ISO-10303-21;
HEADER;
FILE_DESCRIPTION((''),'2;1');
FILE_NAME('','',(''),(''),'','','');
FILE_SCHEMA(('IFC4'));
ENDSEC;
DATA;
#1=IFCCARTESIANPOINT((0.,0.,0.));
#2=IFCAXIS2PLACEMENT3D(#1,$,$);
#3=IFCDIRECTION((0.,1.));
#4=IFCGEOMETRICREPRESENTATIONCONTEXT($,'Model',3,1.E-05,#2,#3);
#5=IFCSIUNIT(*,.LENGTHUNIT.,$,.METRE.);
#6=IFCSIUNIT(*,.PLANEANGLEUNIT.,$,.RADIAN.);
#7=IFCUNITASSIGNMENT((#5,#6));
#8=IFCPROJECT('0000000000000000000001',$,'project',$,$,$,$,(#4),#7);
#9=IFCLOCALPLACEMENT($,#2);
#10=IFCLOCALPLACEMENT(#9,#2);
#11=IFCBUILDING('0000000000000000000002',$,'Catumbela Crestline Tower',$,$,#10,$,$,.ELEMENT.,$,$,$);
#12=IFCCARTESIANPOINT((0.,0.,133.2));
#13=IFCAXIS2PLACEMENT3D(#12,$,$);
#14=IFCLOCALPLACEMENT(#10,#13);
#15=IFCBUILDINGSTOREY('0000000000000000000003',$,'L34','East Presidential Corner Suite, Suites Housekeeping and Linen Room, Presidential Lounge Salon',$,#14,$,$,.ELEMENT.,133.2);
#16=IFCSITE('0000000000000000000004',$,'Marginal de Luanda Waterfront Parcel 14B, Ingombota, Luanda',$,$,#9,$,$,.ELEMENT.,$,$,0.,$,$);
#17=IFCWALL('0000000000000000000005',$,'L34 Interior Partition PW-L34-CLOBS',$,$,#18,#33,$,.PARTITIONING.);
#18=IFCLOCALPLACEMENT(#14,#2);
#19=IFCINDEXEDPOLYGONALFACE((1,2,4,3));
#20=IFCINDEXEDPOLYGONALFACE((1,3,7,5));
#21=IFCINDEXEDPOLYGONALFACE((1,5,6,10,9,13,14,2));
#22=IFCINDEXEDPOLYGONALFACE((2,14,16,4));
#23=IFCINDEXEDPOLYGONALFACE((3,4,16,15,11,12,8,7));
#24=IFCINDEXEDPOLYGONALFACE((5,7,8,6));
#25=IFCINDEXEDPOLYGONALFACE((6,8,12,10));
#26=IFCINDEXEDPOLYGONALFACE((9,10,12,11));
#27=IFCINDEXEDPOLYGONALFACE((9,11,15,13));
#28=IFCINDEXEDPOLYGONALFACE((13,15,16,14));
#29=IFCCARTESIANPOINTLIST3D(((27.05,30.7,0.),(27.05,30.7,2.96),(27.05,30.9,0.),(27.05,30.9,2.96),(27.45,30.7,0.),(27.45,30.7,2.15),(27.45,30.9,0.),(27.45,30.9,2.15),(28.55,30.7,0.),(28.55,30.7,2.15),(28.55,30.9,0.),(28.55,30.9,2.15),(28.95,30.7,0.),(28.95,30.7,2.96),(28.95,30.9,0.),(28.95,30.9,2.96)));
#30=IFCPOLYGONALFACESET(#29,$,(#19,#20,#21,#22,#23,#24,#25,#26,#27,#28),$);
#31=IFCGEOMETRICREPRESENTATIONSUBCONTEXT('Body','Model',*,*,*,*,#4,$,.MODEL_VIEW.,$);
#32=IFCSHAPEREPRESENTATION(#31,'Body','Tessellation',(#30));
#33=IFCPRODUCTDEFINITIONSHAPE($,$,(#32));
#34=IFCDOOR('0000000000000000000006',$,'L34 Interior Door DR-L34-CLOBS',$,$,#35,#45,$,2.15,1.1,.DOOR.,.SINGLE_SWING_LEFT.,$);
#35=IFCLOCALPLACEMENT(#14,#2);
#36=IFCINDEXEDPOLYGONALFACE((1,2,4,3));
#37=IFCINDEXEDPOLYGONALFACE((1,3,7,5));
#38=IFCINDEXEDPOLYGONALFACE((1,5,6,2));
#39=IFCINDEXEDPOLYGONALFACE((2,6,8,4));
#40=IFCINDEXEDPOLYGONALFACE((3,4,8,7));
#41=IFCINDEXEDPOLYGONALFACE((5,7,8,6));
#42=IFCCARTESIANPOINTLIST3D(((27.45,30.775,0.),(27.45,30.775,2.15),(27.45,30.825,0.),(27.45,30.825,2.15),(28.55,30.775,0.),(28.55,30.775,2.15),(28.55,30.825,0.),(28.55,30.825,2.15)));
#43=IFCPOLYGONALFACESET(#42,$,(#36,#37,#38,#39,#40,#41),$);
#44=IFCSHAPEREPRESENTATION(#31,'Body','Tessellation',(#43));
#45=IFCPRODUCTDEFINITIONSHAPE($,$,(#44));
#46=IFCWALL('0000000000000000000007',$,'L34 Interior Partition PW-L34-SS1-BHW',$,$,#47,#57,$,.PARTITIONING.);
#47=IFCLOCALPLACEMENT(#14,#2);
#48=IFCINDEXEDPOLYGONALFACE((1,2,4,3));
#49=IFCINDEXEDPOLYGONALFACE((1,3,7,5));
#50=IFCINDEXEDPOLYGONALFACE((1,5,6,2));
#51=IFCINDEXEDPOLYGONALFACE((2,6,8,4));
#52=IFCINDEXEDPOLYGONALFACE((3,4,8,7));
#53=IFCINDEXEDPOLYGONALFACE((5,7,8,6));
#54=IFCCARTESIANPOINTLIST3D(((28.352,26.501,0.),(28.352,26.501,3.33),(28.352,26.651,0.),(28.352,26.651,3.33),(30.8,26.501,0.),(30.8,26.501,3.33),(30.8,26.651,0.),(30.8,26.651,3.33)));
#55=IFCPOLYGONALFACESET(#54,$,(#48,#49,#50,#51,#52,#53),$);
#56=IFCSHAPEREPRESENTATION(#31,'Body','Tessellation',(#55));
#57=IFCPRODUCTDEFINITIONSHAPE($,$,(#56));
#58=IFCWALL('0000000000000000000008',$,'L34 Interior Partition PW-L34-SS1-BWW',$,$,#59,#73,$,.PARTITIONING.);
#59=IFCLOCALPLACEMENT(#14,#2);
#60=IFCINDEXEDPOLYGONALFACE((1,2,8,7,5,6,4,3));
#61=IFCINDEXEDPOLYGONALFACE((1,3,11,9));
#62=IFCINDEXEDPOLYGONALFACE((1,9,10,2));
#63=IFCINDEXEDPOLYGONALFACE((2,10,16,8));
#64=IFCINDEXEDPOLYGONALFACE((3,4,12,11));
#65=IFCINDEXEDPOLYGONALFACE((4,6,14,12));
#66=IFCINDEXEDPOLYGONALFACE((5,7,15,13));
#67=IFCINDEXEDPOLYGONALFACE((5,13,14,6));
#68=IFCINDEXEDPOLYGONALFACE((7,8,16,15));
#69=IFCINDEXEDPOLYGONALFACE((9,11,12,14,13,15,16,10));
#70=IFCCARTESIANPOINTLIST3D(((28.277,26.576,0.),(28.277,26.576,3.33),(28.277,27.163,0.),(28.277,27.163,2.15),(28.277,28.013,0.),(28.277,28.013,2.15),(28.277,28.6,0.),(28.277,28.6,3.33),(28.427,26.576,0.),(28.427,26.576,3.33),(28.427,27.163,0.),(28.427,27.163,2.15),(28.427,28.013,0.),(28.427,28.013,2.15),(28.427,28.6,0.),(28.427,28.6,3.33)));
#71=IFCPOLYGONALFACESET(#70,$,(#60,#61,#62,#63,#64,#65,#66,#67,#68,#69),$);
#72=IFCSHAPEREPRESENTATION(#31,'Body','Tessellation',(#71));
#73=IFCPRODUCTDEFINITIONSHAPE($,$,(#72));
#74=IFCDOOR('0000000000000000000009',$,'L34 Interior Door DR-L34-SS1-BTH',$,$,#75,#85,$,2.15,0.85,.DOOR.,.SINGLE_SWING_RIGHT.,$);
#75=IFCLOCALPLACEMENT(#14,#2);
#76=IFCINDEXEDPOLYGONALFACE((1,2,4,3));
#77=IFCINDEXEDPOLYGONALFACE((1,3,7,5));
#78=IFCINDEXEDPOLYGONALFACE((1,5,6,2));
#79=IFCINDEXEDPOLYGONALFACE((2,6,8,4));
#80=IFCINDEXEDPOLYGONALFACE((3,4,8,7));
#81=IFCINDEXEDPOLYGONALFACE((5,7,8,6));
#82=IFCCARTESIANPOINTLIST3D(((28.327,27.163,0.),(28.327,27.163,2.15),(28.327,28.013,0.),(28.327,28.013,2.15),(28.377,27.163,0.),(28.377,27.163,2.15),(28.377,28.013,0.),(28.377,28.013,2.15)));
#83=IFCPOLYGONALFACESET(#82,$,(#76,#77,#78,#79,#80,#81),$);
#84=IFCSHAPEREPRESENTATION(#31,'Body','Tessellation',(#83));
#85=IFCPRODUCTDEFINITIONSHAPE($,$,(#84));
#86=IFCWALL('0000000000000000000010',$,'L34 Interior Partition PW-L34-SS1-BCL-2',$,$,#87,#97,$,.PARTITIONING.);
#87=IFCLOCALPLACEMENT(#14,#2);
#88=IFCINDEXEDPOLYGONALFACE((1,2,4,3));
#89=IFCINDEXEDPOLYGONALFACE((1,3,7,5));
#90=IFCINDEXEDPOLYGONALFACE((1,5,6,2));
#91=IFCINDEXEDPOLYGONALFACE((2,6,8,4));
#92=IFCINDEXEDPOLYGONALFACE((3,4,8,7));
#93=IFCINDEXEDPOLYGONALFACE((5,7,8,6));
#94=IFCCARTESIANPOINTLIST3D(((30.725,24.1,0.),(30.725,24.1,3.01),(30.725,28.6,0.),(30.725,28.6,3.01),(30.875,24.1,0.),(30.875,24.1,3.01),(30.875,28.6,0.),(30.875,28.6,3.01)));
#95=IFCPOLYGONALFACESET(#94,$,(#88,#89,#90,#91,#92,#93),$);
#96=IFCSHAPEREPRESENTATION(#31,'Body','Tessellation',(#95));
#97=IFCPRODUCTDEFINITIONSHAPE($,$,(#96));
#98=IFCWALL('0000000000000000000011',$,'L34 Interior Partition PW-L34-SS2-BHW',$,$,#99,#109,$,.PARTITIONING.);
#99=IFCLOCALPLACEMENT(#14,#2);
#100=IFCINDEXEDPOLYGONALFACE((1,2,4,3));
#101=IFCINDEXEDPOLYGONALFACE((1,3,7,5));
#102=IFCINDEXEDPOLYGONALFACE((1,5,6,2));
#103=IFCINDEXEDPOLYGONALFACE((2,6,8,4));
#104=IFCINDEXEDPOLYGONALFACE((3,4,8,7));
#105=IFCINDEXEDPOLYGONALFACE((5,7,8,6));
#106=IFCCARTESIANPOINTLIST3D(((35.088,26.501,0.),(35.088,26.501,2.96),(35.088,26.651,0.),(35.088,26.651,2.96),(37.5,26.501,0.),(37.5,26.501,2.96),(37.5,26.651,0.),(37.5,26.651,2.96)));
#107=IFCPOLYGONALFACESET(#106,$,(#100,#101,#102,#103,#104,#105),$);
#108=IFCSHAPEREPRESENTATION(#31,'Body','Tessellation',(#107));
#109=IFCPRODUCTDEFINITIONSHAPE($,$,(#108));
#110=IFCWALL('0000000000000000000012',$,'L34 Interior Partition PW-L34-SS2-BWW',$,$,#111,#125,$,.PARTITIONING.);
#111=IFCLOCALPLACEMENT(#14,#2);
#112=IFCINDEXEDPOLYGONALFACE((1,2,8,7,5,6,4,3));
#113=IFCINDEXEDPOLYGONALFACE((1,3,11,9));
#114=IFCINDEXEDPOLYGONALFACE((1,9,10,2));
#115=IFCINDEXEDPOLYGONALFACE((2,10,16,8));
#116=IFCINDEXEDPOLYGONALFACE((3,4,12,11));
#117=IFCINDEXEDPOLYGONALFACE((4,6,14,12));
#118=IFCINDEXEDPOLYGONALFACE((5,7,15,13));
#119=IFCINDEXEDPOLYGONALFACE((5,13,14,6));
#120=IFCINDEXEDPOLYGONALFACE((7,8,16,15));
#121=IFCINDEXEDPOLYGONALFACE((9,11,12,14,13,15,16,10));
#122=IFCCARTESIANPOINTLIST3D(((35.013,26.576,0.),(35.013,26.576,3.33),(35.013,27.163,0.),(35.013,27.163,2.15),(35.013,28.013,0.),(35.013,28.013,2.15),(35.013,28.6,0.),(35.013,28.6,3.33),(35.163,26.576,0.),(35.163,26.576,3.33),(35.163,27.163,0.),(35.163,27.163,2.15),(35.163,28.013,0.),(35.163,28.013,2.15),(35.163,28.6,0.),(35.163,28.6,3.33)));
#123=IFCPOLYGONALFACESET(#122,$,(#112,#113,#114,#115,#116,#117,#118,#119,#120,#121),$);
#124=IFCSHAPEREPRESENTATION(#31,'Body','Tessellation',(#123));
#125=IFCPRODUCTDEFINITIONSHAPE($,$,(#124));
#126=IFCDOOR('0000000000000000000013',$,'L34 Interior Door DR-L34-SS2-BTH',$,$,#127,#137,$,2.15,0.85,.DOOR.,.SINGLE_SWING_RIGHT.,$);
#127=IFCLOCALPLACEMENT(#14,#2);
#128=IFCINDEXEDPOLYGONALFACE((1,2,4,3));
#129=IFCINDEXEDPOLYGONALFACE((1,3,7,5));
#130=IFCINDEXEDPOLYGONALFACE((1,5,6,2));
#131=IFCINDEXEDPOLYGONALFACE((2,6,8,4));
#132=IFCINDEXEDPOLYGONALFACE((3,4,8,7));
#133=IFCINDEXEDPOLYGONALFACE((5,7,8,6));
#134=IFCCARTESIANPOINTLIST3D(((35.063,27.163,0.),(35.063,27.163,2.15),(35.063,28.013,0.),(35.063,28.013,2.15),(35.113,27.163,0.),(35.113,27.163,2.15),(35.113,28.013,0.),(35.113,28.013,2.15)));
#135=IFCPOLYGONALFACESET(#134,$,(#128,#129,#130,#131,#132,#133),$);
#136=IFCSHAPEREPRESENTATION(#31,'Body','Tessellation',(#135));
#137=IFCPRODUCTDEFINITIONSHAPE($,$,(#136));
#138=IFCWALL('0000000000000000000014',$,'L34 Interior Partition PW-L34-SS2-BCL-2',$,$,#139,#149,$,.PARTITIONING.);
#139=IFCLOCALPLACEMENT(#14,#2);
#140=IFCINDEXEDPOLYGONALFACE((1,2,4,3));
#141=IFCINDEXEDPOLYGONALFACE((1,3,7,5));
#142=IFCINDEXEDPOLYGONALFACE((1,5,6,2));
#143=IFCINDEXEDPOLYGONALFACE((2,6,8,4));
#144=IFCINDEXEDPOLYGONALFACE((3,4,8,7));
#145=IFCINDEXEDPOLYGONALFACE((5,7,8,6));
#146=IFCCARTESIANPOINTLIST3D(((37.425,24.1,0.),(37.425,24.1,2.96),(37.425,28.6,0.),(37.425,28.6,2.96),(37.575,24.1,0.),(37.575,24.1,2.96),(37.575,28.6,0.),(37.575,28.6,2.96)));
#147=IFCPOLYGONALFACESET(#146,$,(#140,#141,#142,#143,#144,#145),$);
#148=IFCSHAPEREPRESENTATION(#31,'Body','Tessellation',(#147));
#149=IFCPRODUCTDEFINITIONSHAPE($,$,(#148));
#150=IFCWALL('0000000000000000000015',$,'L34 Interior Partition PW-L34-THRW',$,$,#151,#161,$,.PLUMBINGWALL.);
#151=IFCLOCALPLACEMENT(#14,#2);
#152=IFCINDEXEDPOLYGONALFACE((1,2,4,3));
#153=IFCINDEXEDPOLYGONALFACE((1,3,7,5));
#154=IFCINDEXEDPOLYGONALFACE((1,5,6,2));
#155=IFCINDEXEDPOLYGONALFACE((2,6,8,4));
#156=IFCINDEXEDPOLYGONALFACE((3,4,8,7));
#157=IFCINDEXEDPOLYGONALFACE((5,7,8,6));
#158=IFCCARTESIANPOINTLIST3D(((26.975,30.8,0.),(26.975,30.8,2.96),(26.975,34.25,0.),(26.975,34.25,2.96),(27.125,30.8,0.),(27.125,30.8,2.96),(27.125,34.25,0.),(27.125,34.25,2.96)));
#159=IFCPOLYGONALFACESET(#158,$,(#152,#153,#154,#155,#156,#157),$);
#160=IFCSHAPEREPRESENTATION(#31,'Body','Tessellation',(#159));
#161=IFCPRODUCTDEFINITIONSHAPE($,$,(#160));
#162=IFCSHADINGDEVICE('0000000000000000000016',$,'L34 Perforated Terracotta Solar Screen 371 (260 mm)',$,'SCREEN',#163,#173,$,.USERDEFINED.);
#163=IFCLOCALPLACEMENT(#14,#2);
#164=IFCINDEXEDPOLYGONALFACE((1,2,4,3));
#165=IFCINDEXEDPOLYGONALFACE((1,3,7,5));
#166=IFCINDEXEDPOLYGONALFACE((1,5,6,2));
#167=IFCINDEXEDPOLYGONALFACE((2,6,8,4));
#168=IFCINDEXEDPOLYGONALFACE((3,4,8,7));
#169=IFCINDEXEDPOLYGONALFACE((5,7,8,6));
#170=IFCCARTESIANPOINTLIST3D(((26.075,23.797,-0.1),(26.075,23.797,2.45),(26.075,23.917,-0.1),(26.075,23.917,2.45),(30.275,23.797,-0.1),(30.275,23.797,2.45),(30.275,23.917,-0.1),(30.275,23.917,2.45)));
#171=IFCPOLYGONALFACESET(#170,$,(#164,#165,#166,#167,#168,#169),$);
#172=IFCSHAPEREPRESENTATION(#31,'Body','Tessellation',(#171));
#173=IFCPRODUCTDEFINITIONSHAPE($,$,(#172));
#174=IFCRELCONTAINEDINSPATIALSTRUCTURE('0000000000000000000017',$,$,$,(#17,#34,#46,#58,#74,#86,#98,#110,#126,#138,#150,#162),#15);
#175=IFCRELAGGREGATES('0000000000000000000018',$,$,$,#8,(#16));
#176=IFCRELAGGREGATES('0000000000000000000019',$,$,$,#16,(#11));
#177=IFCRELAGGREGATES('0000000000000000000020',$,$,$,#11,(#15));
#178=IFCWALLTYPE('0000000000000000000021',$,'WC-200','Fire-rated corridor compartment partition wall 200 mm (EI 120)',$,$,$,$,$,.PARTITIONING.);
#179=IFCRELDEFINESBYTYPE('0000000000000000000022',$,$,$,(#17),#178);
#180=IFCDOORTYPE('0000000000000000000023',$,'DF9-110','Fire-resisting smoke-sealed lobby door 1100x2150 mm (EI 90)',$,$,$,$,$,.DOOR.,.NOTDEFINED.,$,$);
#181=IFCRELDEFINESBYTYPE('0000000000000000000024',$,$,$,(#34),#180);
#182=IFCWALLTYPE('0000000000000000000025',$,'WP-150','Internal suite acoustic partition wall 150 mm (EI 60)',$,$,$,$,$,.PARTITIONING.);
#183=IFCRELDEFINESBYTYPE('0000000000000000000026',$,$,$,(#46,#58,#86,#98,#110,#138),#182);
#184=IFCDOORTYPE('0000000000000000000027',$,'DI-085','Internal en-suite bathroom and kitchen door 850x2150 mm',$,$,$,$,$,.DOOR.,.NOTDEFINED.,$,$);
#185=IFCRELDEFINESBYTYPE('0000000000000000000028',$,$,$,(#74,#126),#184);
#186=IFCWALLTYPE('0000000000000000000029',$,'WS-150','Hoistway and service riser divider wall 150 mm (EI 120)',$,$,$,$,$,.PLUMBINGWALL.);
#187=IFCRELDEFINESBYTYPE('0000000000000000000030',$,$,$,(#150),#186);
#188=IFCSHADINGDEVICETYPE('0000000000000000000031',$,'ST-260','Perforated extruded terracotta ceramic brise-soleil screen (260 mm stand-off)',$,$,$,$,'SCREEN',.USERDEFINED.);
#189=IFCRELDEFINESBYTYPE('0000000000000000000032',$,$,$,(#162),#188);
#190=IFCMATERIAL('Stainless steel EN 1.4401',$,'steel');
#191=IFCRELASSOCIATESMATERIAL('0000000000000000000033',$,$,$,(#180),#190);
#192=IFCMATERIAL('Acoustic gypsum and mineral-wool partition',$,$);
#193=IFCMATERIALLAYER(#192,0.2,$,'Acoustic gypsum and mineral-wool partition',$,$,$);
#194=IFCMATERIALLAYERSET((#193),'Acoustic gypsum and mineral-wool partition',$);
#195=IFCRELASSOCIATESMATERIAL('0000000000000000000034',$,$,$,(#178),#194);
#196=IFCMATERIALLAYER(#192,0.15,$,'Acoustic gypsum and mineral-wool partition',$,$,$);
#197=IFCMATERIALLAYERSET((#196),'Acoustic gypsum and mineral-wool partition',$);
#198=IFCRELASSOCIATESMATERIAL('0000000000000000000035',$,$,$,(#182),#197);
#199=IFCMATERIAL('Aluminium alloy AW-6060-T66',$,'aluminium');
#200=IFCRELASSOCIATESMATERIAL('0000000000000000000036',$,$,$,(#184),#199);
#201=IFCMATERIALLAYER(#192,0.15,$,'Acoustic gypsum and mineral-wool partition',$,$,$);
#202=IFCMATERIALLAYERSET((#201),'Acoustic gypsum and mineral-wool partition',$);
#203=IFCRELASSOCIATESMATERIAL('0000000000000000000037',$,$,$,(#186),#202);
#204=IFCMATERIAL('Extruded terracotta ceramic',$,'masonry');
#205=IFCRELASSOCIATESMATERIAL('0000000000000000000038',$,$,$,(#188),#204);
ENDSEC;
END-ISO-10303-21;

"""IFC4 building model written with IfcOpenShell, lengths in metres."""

from ifc_helpers import new_model, si_unit, direction, frame, frame_2d, origin, origin_2d, place, context, subcontext, project, spatial, rectangle, extrude, material, layer, layer_set, type_object, element, fill, save


model = new_model("IFC4")

# Units and contexts
model_context = context("Model", 3, precision=1e-05, world=origin(), true_north=direction((0.0, 1.0)))
body_context = subcontext(model_context, "Body", "Model", "MODEL_VIEW")
ifc_project = project(units=[si_unit("LENGTHUNIT", "METRE"), si_unit("PLANEANGLEUNIT", "RADIAN")], contexts=[model_context])

# Site, building, storey
site_placement = place(None, origin())
site = spatial("IfcSite", under=ifc_project, at=site_placement, Name="Marginal de Luanda Waterfront Parcel 14B, Ingombota, Luanda", CompositionType="ELEMENT", RefElevation=0.0)
building_placement = place(site_placement, origin())
building = spatial("IfcBuilding", under=site, at=building_placement, Name="Catumbela Crestline Tower", CompositionType="ELEMENT")
storey_placement = place(building_placement, frame((0.0, 0.0, 133.2)))
storey = spatial("IfcBuildingStorey", under=building, at=storey_placement, Name="L34", Description="East Presidential Corner Suite, Suites Housekeeping and Linen Room, Presidential Lounge Salon", CompositionType="ELEMENT", Elevation=133.2)

# Shared definitions
ifc_material_1 = material(Name="Aluminium alloy AW-6060-T66", Category="aluminium")

# Wall, opening, door
ifc_material_2 = material(Name="Stainless steel EN 1.4401", Category="steel")
door_type_1 = type_object("IfcDoorType", Name="DF9-110", Description="Fire-resisting smoke-sealed lobby door 1100x2150 mm (EI 90)", OperationType="NOTDEFINED", PredefinedType="DOOR", material=ifc_material_2)
ifc_material_3 = material(Name="Acoustic gypsum and mineral-wool partition")
ifc_layer_1 = layer(ifc_material_3, 0.2, Name="Acoustic gypsum and mineral-wool partition")
ifc_layer_set_1 = layer_set([ifc_layer_1], Name="Acoustic gypsum and mineral-wool partition")
wall_type_1 = type_object("IfcWallType", Name="WC-200", Description="Fire-rated corridor compartment partition wall 200 mm (EI 120)", PredefinedType="PARTITIONING", material=ifc_layer_set_1)
wall_1_placement = place(storey_placement, frame((27.05, 30.8, 0.0), z_axis=(0.0, 0.0, 1.0), x_axis=(1.0, 0.0, 0.0)))
wall_1 = element("IfcWall", 1, at=wall_1_placement, inside=storey, type_object=wall_type_1, Name="L34 Interior Partition PW-L34-CLOBS", PredefinedType="PARTITIONING", context=body_context, shape_type="SweptSolid", body=[
    extrude(rectangle(XDim=1.9, YDim=0.2, at=frame_2d((0.95, 0.0))), origin(), (0.0, 0.0, 1.0), 2.96),
])
opening_1_placement = place(wall_1_placement, frame((0.4, 0.0, 0.0)))
opening_1 = element("IfcOpeningElement", 2, at=opening_1_placement, cuts=wall_1, PredefinedType="OPENING", context=body_context, shape_type="SweptSolid", body=[
    extrude(rectangle(XDim=1.1, YDim=2.15, at=frame_2d((0.55, 1.075))), frame((0.0, 0.11, 0.0), z_axis=(0.0, -1.0, 0.0), x_axis=(1.0, 0.0, 0.0)), (0.0, 0.0, 1.0), 0.22),
])
door_1_placement = place(opening_1_placement, origin())
door_1 = element("IfcDoor", 3, at=door_1_placement, inside=storey, type_object=door_type_1, Name="L34 Interior Door DR-L34-CLOBS", OperationType="SINGLE_SWING_LEFT", OverallHeight=2.15, OverallWidth=1.1, PredefinedType="DOOR", context=body_context, shape_type="SweptSolid", body=[
    extrude(rectangle(XDim=1.1, YDim=2.15, at=frame_2d((0.55, 1.075))), frame((0.0, 0.025, 0.0), z_axis=(0.0, -1.0, 0.0), x_axis=(1.0, 0.0, 0.0)), (0.0, 0.0, 1.0), 0.05),
])
fill(opening_1, door_1)

# Wall
ifc_layer_2 = layer(ifc_material_3, 0.15, Name="Acoustic gypsum and mineral-wool partition")
ifc_layer_set_2 = layer_set([ifc_layer_2], Name="Acoustic gypsum and mineral-wool partition")
wall_type_2 = type_object("IfcWallType", Name="WP-150", Description="Internal suite acoustic partition wall 150 mm (EI 60)", PredefinedType="PARTITIONING", material=ifc_layer_set_2)
wall_2_placement = place(storey_placement, frame((28.352, 26.576, 0.0), z_axis=(0.0, 0.0, 1.0), x_axis=(1.0, 0.0, 0.0)))
element("IfcWall", 4, at=wall_2_placement, inside=storey, type_object=wall_type_2, Name="L34 Interior Partition PW-L34-SS1-BHW", PredefinedType="PARTITIONING", context=body_context, shape_type="SweptSolid", body=[
    extrude(rectangle(XDim=2.448, YDim=0.15, at=frame_2d((1.224, 0.0))), origin(), (0.0, 0.0, 1.0), 3.33),
])

# Wall, opening, door
wall_3_placement = place(storey_placement, frame((28.352, 26.576, 0.0), z_axis=(0.0, 0.0, 1.0), x_axis=(0.0, 1.0, 0.0)))
wall_3 = element("IfcWall", 5, at=wall_3_placement, inside=storey, type_object=wall_type_2, Name="L34 Interior Partition PW-L34-SS1-BWW", PredefinedType="PARTITIONING", context=body_context, shape_type="SweptSolid", body=[
    extrude(rectangle(XDim=2.024, YDim=0.15, at=frame_2d((1.012, 0.0))), origin(), (0.0, 0.0, 1.0), 3.33),
])
opening_2_placement = place(wall_3_placement, frame((0.587, 0.0, 0.0)))
opening_2 = element("IfcOpeningElement", 6, at=opening_2_placement, cuts=wall_3, PredefinedType="OPENING", context=body_context, shape_type="SweptSolid", body=[
    extrude(rectangle(XDim=0.85, YDim=2.15, at=frame_2d((0.425, 1.075))), frame((0.0, 0.085, 0.0), z_axis=(0.0, -1.0, 0.0), x_axis=(1.0, 0.0, 0.0)), (0.0, 0.0, 1.0), 0.17),
])
door_type_2 = type_object("IfcDoorType", Name="DI-085", Description="Internal en-suite bathroom and kitchen door 850x2150 mm", OperationType="NOTDEFINED", PredefinedType="DOOR", material=ifc_material_1)
door_2_placement = place(opening_2_placement, origin())
door_2 = element("IfcDoor", 7, at=door_2_placement, inside=storey, type_object=door_type_2, Name="L34 Interior Door DR-L34-SS1-BTH", OperationType="SINGLE_SWING_RIGHT", OverallHeight=2.15, OverallWidth=0.85, PredefinedType="DOOR", context=body_context, shape_type="SweptSolid", body=[
    extrude(rectangle(XDim=0.85, YDim=2.15, at=frame_2d((0.425, 1.075))), frame((0.0, 0.025, 0.0), z_axis=(0.0, -1.0, 0.0), x_axis=(1.0, 0.0, 0.0)), (0.0, 0.0, 1.0), 0.05),
])
fill(opening_2, door_2)

# Walls
wall_4_placement = place(storey_placement, frame((30.8, 28.6, 0.0), z_axis=(0.0, 0.0, 1.0), x_axis=(0.0, -1.0, 0.0)))
element("IfcWall", 8, at=wall_4_placement, inside=storey, type_object=wall_type_2, Name="L34 Interior Partition PW-L34-SS1-BCL-2", PredefinedType="PARTITIONING", context=body_context, shape_type="SweptSolid", body=[
    extrude(rectangle(XDim=4.5, YDim=0.15, at=frame_2d((2.25, 0.0))), origin(), (0.0, 0.0, 1.0), 3.01),
])
wall_5_placement = place(storey_placement, frame((35.088, 26.576, 0.0), z_axis=(0.0, 0.0, 1.0), x_axis=(1.0, 0.0, 0.0)))
element("IfcWall", 9, at=wall_5_placement, inside=storey, type_object=wall_type_2, Name="L34 Interior Partition PW-L34-SS2-BHW", PredefinedType="PARTITIONING", context=body_context, shape_type="SweptSolid", body=[
    extrude(rectangle(XDim=2.412, YDim=0.15, at=frame_2d((1.206, 0.0))), origin(), (0.0, 0.0, 1.0), 2.96),
])

# Wall, opening, door
wall_6_placement = place(storey_placement, frame((35.088, 26.576, 0.0), z_axis=(0.0, 0.0, 1.0), x_axis=(0.0, 1.0, 0.0)))
wall_6 = element("IfcWall", 10, at=wall_6_placement, inside=storey, type_object=wall_type_2, Name="L34 Interior Partition PW-L34-SS2-BWW", PredefinedType="PARTITIONING", context=body_context, shape_type="SweptSolid", body=[
    extrude(rectangle(XDim=2.024, YDim=0.15, at=frame_2d((1.012, 0.0))), origin(), (0.0, 0.0, 1.0), 3.33),
])
opening_3_placement = place(wall_6_placement, frame((0.587, 0.0, 0.0)))
opening_3 = element("IfcOpeningElement", 11, at=opening_3_placement, cuts=wall_6, PredefinedType="OPENING", context=body_context, shape_type="SweptSolid", body=[
    extrude(rectangle(XDim=0.85, YDim=2.15, at=frame_2d((0.425, 1.075))), frame((0.0, 0.085, 0.0), z_axis=(0.0, -1.0, 0.0), x_axis=(1.0, 0.0, 0.0)), (0.0, 0.0, 1.0), 0.17),
])
door_3_placement = place(opening_3_placement, origin())
door_3 = element("IfcDoor", 12, at=door_3_placement, inside=storey, type_object=door_type_2, Name="L34 Interior Door DR-L34-SS2-BTH", OperationType="SINGLE_SWING_RIGHT", OverallHeight=2.15, OverallWidth=0.85, PredefinedType="DOOR", context=body_context, shape_type="SweptSolid", body=[
    extrude(rectangle(XDim=0.85, YDim=2.15, at=frame_2d((0.425, 1.075))), frame((0.0, 0.025, 0.0), z_axis=(0.0, -1.0, 0.0), x_axis=(1.0, 0.0, 0.0)), (0.0, 0.0, 1.0), 0.05),
])
fill(opening_3, door_3)

# Walls
wall_7_placement = place(storey_placement, frame((37.5, 28.6, 0.0), z_axis=(0.0, 0.0, 1.0), x_axis=(0.0, -1.0, 0.0)))
element("IfcWall", 13, at=wall_7_placement, inside=storey, type_object=wall_type_2, Name="L34 Interior Partition PW-L34-SS2-BCL-2", PredefinedType="PARTITIONING", context=body_context, shape_type="SweptSolid", body=[
    extrude(rectangle(XDim=4.5, YDim=0.15, at=frame_2d((2.25, 0.0))), origin(), (0.0, 0.0, 1.0), 2.96),
])
ifc_layer_3 = layer(ifc_material_3, 0.15, Name="Acoustic gypsum and mineral-wool partition")
ifc_layer_set_3 = layer_set([ifc_layer_3], Name="Acoustic gypsum and mineral-wool partition")
wall_type_3 = type_object("IfcWallType", Name="WS-150", Description="Hoistway and service riser divider wall 150 mm (EI 120)", PredefinedType="PLUMBINGWALL", material=ifc_layer_set_3)
wall_8_placement = place(storey_placement, frame((27.05, 30.8, 0.0), z_axis=(0.0, 0.0, 1.0), x_axis=(0.0, 1.0, 0.0)))
element("IfcWall", 14, at=wall_8_placement, inside=storey, type_object=wall_type_3, Name="L34 Interior Partition PW-L34-THRW", PredefinedType="PLUMBINGWALL", context=body_context, shape_type="SweptSolid", body=[
    extrude(rectangle(XDim=3.45, YDim=0.15, at=frame_2d((1.725, 0.0))), origin(), (0.0, 0.0, 1.0), 2.96),
])

# Shading device
ifc_material_4 = material(Name="Extruded terracotta ceramic", Category="masonry")
shading_device_type_1 = type_object("IfcShadingDeviceType", Name="ST-260", Description="Perforated extruded terracotta ceramic brise-soleil screen (260 mm stand-off)", ElementType="SCREEN", PredefinedType="USERDEFINED", material=ifc_material_4)
shading_device_1_placement = place(storey_placement, frame((28.175, 23.857, -0.1), z_axis=(0.0, 0.0, 1.0), x_axis=(1.0, 0.0, 0.0)))
element("IfcShadingDevice", 15, at=shading_device_1_placement, inside=storey, type_object=shading_device_type_1, Name="L34 Perforated Terracotta Solar Screen 371 (260 mm)", ObjectType="SCREEN", PredefinedType="USERDEFINED", context=body_context, shape_type="SweptSolid", body=[
    extrude(rectangle(XDim=4.2, YDim=0.12, at=origin_2d()), origin(), (0.0, 0.0, 1.0), 2.55),
])

save(model, "model.ifc")
